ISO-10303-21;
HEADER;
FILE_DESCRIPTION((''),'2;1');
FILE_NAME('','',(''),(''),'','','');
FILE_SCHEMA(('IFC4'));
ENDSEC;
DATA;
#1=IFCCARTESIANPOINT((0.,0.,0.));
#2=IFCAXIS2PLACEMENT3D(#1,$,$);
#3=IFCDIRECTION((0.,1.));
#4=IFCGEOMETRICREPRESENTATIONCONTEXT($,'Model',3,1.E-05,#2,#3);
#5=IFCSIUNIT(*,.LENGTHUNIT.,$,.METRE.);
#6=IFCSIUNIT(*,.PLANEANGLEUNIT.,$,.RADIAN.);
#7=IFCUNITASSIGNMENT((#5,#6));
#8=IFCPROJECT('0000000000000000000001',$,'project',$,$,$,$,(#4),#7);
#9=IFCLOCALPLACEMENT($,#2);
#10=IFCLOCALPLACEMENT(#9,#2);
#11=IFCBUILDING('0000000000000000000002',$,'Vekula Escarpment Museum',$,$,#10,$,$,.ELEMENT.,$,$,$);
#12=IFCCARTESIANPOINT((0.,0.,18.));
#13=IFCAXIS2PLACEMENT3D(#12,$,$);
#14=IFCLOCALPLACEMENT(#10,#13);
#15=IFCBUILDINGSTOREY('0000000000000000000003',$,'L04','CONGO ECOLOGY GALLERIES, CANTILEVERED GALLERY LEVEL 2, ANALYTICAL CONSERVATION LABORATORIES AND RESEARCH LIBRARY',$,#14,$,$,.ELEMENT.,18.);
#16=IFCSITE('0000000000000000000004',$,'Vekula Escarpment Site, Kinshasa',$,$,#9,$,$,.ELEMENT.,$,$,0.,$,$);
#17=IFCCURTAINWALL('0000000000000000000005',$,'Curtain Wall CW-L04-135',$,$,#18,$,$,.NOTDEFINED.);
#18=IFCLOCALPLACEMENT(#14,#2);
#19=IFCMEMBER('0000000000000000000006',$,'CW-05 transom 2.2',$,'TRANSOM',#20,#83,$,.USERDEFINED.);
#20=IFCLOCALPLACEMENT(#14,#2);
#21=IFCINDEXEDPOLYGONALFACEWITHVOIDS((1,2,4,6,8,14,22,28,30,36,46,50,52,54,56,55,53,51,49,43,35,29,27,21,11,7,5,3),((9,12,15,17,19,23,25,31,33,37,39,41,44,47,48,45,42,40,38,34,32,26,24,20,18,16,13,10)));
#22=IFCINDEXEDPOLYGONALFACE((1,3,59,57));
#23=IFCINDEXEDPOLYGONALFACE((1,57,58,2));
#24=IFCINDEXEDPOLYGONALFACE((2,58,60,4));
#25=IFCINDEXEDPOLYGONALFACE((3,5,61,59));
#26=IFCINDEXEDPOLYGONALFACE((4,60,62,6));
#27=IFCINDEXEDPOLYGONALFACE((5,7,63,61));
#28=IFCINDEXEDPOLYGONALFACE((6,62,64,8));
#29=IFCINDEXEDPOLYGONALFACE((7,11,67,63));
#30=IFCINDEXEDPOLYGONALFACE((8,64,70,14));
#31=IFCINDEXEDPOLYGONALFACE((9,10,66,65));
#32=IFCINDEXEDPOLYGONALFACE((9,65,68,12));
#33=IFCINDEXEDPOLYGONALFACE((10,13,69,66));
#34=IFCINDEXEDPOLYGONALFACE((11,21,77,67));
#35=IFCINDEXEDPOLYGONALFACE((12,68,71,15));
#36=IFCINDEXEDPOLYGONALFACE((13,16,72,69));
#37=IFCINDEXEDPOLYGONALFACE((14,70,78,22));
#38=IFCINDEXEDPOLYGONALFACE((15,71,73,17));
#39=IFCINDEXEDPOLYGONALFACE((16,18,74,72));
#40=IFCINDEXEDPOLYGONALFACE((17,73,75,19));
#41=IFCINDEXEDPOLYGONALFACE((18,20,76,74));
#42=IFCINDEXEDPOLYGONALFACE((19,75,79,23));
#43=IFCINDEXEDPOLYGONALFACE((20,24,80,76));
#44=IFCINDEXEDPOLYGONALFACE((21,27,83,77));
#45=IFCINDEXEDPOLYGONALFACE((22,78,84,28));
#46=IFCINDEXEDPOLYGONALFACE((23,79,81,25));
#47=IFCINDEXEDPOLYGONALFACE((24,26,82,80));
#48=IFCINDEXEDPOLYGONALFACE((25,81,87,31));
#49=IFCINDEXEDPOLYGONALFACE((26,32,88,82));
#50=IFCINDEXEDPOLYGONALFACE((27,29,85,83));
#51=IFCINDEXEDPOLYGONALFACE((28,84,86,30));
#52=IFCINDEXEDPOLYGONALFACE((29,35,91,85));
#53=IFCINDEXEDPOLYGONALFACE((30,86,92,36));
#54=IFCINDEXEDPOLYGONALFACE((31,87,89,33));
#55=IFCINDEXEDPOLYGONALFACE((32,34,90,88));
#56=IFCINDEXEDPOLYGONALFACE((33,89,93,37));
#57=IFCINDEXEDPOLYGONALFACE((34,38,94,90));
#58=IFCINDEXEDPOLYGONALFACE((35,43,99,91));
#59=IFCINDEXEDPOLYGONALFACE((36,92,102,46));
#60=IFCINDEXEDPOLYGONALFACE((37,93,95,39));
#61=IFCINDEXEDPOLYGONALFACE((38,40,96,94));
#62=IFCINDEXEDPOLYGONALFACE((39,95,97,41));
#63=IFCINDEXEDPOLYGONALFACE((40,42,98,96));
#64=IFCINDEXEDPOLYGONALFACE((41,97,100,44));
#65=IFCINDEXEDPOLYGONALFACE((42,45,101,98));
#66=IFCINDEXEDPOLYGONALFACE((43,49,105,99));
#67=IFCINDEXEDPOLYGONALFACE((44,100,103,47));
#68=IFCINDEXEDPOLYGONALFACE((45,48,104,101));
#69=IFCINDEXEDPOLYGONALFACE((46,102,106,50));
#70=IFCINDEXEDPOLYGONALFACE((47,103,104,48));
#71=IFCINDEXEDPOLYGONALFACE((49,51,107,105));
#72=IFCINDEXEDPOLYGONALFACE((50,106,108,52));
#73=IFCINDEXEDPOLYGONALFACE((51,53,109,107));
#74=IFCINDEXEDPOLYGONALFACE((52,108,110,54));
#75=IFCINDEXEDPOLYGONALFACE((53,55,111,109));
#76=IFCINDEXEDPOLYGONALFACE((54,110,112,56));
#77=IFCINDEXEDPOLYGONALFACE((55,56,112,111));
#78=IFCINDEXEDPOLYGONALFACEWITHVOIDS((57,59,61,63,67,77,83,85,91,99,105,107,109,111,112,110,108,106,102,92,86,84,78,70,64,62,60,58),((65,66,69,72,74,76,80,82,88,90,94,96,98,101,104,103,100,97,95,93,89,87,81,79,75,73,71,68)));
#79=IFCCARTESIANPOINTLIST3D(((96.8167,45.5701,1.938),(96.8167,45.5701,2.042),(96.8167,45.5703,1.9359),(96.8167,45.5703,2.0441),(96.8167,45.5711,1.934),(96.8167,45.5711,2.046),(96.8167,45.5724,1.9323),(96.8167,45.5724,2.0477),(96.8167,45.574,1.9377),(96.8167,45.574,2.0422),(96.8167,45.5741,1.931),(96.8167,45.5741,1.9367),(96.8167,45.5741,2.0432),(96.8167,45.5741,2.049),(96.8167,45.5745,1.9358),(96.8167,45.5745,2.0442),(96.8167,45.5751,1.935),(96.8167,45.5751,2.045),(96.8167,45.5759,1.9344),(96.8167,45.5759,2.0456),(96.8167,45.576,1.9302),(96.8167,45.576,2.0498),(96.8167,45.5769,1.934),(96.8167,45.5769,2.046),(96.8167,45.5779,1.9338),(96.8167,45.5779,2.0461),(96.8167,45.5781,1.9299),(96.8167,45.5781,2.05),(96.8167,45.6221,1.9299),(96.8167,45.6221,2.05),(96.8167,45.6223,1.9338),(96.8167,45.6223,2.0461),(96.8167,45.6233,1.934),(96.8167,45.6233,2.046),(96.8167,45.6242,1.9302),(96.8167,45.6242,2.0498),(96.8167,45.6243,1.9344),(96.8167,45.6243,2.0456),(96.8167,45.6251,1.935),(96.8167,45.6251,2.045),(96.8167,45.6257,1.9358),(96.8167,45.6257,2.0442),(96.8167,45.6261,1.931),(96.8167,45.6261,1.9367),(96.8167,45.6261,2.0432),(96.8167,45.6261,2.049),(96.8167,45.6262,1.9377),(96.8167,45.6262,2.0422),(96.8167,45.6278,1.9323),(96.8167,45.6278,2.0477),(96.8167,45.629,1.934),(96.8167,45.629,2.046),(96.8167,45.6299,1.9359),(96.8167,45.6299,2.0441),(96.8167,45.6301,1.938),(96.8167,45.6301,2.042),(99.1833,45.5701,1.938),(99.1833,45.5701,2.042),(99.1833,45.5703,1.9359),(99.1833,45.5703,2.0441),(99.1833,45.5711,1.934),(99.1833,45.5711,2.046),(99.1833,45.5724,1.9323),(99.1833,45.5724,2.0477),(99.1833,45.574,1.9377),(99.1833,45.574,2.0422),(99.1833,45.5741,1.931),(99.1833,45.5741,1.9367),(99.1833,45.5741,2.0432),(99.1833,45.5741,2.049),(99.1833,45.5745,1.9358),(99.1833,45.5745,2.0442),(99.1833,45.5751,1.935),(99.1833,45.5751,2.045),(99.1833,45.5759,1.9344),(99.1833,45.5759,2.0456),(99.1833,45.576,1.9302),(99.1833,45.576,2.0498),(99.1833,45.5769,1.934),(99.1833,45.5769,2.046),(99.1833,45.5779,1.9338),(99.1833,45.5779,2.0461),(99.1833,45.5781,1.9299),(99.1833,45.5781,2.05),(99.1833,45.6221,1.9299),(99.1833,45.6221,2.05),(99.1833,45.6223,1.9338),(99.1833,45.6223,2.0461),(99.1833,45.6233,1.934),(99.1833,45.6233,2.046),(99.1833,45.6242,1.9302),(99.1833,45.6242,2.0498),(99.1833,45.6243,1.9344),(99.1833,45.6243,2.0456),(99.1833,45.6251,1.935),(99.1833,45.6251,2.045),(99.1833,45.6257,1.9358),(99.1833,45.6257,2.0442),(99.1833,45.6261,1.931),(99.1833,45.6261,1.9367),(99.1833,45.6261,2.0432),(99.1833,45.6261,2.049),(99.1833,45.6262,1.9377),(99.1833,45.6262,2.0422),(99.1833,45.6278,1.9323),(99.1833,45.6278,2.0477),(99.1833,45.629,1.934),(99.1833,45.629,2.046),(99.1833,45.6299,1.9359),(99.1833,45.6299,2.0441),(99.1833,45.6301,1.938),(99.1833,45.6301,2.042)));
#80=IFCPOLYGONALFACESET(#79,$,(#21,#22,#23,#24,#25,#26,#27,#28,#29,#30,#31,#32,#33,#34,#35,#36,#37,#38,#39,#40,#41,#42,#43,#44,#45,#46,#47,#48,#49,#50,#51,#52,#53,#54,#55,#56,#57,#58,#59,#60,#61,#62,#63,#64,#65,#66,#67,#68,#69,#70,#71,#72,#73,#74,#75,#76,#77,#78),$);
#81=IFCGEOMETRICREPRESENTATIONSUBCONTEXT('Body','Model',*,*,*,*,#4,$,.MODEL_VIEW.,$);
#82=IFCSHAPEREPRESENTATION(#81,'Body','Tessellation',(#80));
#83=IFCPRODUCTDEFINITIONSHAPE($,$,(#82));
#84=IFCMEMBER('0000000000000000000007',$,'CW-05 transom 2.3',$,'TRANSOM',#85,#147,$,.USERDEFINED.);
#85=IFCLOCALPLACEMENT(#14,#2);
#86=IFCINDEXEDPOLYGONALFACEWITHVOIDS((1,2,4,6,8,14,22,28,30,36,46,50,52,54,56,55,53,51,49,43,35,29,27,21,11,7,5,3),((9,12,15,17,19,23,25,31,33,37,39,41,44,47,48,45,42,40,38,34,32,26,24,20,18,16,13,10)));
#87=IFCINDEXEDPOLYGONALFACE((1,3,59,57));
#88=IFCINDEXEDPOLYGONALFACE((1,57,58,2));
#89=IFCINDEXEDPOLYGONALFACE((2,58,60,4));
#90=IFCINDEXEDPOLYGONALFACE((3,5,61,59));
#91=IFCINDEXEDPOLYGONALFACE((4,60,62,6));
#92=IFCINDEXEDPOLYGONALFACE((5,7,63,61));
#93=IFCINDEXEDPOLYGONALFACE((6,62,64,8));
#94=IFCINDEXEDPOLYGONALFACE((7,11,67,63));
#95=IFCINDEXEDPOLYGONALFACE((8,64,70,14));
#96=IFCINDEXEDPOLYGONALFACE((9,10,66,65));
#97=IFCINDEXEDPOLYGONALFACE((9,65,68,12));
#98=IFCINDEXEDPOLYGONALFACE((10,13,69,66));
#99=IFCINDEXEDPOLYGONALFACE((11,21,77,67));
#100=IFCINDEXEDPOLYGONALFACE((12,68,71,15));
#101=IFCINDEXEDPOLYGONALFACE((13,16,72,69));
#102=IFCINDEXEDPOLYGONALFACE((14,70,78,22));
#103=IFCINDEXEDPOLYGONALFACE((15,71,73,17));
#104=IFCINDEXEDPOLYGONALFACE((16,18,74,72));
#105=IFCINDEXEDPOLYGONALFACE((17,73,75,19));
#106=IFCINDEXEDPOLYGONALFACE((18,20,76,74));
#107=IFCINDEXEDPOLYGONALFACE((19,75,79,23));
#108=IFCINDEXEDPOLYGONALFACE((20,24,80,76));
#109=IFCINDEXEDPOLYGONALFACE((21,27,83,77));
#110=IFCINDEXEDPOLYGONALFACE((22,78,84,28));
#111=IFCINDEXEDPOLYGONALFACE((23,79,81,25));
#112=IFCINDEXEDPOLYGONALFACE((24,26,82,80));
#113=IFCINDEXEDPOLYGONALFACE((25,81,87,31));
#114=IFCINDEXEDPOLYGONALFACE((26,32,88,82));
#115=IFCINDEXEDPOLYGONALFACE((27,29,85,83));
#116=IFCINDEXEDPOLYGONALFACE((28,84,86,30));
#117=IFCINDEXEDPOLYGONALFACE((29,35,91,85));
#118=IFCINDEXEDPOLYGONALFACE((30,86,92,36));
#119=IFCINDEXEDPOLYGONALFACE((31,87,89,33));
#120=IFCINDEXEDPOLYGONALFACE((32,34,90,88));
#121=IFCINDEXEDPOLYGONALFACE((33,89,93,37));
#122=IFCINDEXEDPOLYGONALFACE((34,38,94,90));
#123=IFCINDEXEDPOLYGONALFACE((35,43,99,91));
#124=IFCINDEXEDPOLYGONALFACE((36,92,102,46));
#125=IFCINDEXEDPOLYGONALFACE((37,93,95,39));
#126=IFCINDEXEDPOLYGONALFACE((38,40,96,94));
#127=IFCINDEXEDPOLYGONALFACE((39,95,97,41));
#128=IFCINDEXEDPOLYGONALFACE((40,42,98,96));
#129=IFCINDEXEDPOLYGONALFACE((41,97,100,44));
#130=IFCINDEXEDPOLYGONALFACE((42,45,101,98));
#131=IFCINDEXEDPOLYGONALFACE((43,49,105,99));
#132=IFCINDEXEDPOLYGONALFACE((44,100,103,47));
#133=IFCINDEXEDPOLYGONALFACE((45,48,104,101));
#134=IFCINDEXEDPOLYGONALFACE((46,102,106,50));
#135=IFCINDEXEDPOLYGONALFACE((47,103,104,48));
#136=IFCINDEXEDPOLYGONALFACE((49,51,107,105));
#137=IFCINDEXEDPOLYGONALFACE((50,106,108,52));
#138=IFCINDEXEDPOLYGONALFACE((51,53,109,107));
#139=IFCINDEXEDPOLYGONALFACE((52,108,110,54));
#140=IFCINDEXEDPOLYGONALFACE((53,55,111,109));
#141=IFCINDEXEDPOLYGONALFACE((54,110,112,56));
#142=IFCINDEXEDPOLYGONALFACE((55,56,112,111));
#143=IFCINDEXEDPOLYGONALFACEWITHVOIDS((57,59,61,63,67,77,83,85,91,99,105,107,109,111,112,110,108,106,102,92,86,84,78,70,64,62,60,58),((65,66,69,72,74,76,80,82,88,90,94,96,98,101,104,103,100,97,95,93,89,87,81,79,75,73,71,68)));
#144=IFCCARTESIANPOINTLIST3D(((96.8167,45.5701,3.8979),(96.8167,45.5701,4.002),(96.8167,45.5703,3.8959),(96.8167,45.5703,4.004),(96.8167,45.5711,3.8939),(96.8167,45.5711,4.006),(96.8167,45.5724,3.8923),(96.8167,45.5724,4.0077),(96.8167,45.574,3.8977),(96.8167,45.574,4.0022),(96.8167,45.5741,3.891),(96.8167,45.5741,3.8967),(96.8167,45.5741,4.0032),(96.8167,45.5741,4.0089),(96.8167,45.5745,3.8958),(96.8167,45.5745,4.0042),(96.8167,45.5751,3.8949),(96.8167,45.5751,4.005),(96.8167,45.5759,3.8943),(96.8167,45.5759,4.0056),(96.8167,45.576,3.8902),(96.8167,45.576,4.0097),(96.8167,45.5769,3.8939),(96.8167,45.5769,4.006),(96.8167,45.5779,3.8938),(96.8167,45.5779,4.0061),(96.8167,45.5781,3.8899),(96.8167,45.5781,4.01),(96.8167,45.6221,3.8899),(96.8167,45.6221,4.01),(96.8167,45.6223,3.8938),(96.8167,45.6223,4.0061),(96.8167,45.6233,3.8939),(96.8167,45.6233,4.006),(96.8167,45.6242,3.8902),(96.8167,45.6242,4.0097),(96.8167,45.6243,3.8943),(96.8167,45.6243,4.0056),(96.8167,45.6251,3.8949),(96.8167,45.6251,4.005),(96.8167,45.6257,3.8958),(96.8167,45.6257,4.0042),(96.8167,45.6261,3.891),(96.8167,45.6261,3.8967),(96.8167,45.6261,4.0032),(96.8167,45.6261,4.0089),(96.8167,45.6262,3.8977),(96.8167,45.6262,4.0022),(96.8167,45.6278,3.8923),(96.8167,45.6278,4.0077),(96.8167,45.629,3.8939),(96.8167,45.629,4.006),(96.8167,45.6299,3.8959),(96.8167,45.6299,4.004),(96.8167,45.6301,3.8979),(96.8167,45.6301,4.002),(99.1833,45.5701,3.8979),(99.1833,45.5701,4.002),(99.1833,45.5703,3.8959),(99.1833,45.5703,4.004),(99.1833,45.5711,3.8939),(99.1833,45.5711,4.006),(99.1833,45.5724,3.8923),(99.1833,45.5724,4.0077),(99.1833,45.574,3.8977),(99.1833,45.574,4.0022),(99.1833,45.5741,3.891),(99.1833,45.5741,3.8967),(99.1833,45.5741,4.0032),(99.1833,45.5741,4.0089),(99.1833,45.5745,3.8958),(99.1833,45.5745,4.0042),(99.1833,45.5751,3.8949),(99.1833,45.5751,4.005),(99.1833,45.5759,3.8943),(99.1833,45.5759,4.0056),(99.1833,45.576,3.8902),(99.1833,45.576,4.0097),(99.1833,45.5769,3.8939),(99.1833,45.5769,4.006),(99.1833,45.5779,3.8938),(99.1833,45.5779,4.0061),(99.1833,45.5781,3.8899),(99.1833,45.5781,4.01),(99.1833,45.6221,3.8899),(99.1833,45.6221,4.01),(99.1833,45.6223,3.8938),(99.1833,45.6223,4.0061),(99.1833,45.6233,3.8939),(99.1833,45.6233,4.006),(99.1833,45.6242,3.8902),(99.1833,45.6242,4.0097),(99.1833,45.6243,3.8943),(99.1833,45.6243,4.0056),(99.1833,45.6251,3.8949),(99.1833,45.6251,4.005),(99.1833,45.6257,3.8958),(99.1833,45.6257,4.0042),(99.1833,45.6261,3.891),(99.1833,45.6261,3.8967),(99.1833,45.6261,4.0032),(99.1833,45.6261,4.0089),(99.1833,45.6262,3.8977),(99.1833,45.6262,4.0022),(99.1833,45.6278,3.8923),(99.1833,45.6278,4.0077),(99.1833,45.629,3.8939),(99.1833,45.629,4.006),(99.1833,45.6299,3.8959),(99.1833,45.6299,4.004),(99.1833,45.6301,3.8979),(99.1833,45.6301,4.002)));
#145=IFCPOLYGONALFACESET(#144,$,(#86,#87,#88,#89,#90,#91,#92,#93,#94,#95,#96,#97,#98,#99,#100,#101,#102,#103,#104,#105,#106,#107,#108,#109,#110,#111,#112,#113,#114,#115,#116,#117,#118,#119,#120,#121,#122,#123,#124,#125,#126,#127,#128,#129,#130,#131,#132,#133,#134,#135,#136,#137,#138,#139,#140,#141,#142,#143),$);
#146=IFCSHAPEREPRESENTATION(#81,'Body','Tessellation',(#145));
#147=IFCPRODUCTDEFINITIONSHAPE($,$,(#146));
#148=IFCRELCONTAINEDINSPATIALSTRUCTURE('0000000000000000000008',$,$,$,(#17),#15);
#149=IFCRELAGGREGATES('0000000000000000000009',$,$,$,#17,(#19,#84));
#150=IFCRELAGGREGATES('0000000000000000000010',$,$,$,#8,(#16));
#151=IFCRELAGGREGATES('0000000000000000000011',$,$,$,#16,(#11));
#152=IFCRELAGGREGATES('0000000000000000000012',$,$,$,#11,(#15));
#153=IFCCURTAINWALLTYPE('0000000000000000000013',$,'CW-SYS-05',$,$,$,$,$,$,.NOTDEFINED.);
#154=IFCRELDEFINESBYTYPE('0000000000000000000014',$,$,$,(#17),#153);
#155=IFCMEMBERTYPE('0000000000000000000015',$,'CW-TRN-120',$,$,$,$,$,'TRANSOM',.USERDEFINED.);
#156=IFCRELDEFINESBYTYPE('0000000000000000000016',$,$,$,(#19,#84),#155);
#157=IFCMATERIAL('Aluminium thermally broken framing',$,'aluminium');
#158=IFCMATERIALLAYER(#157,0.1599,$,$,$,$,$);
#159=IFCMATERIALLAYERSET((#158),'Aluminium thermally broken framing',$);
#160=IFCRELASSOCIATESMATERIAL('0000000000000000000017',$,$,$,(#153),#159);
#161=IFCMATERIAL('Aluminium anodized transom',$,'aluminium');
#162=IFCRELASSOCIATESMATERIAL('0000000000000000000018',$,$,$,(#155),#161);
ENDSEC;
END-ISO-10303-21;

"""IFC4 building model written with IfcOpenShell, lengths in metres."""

from ifc_helpers import new_model, si_unit, direction, frame, origin, origin_2d, place, context, subcontext, project, spatial, hollow_rectangle, extrude, material, layer, layer_set, material_profile, profile_set, type_object, element, aggregate, save


model = new_model("IFC4")

# Units and contexts
model_context = context("Model", 3, precision=1e-05, world=origin(), true_north=direction((0.0, 1.0)))
body_context = subcontext(model_context, "Body", "Model", "MODEL_VIEW")
ifc_project = project(units=[si_unit("LENGTHUNIT", "METRE"), si_unit("PLANEANGLEUNIT", "RADIAN")], contexts=[model_context])

# Site, building, storey
site_placement = place(None, origin())
site = spatial("IfcSite", under=ifc_project, at=site_placement, Name="Vekula Escarpment Site, Kinshasa", CompositionType="ELEMENT", RefElevation=0.0)
building_placement = place(site_placement, origin())
building = spatial("IfcBuilding", under=site, at=building_placement, Name="Vekula Escarpment Museum", CompositionType="ELEMENT")
storey_placement = place(building_placement, frame((0.0, 0.0, 18.0)))
storey = spatial("IfcBuildingStorey", under=building, at=storey_placement, Name="L04", Description="CONGO ECOLOGY GALLERIES, CANTILEVERED GALLERY LEVEL 2, ANALYTICAL CONSERVATION LABORATORIES AND RESEARCH LIBRARY", CompositionType="ELEMENT", Elevation=18.0)

# Curtain wall
ifc_material_1 = material(Name="Aluminium thermally broken framing", Category="aluminium")
ifc_layer_1 = layer(ifc_material_1, 0.1599)
ifc_layer_set_1 = layer_set([ifc_layer_1], Name="Aluminium thermally broken framing")
curtain_wall_type_1 = type_object("IfcCurtainWallType", Name="CW-SYS-05", PredefinedType="NOTDEFINED", material=ifc_layer_set_1)
curtain_wall_1_placement = place(storey_placement, origin())
curtain_wall_1 = element("IfcCurtainWall", 1, at=curtain_wall_1_placement, inside=storey, type_object=curtain_wall_type_1, Name="Curtain Wall CW-L04-135", PredefinedType="NOTDEFINED")

# Members
ifc_material_2 = material(Name="Aluminium anodized transom", Category="aluminium")
ifc_material_profile_1 = material_profile(ifc_material_2, hollow_rectangle(XDim=0.0601, YDim=0.1201, WallThickness=0.0039, InnerFilletRadius=0.0039, OuterFilletRadius=0.0081, at=origin_2d()), Name="ALU 120x60x4")
ifc_profile_set_1 = profile_set([ifc_material_profile_1], Name="Aluminium anodized transom")
member_type_1 = type_object("IfcMemberType", Name="CW-TRN-120", ElementType="TRANSOM", PredefinedType="USERDEFINED", material=ifc_profile_set_1)
member_1_placement = place(storey_placement, frame((96.8167, 45.6001, 1.99), z_axis=(1.0, 0.0, 0.0), x_axis=(0.0, 1.0, 0.0)))
member_1 = element("IfcMember", 2, at=member_1_placement, type_object=member_type_1, Name="CW-05 transom 2.2", ObjectType="TRANSOM", PredefinedType="USERDEFINED", context=body_context, shape_type="SweptSolid", body=[
    extrude(hollow_rectangle(XDim=0.0601, YDim=0.1201, WallThickness=0.0039, InnerFilletRadius=0.0039, OuterFilletRadius=0.0081, at=origin_2d()), origin(), (0.0, 0.0, 1.0), 2.3667),
])
member_2_placement = place(storey_placement, frame((96.8167, 45.6001, 3.95), z_axis=(1.0, 0.0, 0.0), x_axis=(0.0, 1.0, 0.0)))
member_2 = element("IfcMember", 3, at=member_2_placement, type_object=member_type_1, Name="CW-05 transom 2.3", ObjectType="TRANSOM", PredefinedType="USERDEFINED", context=body_context, shape_type="SweptSolid", body=[
    extrude(hollow_rectangle(XDim=0.0601, YDim=0.1201, WallThickness=0.0039, InnerFilletRadius=0.0039, OuterFilletRadius=0.0081, at=origin_2d()), origin(), (0.0, 0.0, 1.0), 2.3667),
])

aggregate(curtain_wall_1, [member_1, member_2])

save(model, "model.ifc")
